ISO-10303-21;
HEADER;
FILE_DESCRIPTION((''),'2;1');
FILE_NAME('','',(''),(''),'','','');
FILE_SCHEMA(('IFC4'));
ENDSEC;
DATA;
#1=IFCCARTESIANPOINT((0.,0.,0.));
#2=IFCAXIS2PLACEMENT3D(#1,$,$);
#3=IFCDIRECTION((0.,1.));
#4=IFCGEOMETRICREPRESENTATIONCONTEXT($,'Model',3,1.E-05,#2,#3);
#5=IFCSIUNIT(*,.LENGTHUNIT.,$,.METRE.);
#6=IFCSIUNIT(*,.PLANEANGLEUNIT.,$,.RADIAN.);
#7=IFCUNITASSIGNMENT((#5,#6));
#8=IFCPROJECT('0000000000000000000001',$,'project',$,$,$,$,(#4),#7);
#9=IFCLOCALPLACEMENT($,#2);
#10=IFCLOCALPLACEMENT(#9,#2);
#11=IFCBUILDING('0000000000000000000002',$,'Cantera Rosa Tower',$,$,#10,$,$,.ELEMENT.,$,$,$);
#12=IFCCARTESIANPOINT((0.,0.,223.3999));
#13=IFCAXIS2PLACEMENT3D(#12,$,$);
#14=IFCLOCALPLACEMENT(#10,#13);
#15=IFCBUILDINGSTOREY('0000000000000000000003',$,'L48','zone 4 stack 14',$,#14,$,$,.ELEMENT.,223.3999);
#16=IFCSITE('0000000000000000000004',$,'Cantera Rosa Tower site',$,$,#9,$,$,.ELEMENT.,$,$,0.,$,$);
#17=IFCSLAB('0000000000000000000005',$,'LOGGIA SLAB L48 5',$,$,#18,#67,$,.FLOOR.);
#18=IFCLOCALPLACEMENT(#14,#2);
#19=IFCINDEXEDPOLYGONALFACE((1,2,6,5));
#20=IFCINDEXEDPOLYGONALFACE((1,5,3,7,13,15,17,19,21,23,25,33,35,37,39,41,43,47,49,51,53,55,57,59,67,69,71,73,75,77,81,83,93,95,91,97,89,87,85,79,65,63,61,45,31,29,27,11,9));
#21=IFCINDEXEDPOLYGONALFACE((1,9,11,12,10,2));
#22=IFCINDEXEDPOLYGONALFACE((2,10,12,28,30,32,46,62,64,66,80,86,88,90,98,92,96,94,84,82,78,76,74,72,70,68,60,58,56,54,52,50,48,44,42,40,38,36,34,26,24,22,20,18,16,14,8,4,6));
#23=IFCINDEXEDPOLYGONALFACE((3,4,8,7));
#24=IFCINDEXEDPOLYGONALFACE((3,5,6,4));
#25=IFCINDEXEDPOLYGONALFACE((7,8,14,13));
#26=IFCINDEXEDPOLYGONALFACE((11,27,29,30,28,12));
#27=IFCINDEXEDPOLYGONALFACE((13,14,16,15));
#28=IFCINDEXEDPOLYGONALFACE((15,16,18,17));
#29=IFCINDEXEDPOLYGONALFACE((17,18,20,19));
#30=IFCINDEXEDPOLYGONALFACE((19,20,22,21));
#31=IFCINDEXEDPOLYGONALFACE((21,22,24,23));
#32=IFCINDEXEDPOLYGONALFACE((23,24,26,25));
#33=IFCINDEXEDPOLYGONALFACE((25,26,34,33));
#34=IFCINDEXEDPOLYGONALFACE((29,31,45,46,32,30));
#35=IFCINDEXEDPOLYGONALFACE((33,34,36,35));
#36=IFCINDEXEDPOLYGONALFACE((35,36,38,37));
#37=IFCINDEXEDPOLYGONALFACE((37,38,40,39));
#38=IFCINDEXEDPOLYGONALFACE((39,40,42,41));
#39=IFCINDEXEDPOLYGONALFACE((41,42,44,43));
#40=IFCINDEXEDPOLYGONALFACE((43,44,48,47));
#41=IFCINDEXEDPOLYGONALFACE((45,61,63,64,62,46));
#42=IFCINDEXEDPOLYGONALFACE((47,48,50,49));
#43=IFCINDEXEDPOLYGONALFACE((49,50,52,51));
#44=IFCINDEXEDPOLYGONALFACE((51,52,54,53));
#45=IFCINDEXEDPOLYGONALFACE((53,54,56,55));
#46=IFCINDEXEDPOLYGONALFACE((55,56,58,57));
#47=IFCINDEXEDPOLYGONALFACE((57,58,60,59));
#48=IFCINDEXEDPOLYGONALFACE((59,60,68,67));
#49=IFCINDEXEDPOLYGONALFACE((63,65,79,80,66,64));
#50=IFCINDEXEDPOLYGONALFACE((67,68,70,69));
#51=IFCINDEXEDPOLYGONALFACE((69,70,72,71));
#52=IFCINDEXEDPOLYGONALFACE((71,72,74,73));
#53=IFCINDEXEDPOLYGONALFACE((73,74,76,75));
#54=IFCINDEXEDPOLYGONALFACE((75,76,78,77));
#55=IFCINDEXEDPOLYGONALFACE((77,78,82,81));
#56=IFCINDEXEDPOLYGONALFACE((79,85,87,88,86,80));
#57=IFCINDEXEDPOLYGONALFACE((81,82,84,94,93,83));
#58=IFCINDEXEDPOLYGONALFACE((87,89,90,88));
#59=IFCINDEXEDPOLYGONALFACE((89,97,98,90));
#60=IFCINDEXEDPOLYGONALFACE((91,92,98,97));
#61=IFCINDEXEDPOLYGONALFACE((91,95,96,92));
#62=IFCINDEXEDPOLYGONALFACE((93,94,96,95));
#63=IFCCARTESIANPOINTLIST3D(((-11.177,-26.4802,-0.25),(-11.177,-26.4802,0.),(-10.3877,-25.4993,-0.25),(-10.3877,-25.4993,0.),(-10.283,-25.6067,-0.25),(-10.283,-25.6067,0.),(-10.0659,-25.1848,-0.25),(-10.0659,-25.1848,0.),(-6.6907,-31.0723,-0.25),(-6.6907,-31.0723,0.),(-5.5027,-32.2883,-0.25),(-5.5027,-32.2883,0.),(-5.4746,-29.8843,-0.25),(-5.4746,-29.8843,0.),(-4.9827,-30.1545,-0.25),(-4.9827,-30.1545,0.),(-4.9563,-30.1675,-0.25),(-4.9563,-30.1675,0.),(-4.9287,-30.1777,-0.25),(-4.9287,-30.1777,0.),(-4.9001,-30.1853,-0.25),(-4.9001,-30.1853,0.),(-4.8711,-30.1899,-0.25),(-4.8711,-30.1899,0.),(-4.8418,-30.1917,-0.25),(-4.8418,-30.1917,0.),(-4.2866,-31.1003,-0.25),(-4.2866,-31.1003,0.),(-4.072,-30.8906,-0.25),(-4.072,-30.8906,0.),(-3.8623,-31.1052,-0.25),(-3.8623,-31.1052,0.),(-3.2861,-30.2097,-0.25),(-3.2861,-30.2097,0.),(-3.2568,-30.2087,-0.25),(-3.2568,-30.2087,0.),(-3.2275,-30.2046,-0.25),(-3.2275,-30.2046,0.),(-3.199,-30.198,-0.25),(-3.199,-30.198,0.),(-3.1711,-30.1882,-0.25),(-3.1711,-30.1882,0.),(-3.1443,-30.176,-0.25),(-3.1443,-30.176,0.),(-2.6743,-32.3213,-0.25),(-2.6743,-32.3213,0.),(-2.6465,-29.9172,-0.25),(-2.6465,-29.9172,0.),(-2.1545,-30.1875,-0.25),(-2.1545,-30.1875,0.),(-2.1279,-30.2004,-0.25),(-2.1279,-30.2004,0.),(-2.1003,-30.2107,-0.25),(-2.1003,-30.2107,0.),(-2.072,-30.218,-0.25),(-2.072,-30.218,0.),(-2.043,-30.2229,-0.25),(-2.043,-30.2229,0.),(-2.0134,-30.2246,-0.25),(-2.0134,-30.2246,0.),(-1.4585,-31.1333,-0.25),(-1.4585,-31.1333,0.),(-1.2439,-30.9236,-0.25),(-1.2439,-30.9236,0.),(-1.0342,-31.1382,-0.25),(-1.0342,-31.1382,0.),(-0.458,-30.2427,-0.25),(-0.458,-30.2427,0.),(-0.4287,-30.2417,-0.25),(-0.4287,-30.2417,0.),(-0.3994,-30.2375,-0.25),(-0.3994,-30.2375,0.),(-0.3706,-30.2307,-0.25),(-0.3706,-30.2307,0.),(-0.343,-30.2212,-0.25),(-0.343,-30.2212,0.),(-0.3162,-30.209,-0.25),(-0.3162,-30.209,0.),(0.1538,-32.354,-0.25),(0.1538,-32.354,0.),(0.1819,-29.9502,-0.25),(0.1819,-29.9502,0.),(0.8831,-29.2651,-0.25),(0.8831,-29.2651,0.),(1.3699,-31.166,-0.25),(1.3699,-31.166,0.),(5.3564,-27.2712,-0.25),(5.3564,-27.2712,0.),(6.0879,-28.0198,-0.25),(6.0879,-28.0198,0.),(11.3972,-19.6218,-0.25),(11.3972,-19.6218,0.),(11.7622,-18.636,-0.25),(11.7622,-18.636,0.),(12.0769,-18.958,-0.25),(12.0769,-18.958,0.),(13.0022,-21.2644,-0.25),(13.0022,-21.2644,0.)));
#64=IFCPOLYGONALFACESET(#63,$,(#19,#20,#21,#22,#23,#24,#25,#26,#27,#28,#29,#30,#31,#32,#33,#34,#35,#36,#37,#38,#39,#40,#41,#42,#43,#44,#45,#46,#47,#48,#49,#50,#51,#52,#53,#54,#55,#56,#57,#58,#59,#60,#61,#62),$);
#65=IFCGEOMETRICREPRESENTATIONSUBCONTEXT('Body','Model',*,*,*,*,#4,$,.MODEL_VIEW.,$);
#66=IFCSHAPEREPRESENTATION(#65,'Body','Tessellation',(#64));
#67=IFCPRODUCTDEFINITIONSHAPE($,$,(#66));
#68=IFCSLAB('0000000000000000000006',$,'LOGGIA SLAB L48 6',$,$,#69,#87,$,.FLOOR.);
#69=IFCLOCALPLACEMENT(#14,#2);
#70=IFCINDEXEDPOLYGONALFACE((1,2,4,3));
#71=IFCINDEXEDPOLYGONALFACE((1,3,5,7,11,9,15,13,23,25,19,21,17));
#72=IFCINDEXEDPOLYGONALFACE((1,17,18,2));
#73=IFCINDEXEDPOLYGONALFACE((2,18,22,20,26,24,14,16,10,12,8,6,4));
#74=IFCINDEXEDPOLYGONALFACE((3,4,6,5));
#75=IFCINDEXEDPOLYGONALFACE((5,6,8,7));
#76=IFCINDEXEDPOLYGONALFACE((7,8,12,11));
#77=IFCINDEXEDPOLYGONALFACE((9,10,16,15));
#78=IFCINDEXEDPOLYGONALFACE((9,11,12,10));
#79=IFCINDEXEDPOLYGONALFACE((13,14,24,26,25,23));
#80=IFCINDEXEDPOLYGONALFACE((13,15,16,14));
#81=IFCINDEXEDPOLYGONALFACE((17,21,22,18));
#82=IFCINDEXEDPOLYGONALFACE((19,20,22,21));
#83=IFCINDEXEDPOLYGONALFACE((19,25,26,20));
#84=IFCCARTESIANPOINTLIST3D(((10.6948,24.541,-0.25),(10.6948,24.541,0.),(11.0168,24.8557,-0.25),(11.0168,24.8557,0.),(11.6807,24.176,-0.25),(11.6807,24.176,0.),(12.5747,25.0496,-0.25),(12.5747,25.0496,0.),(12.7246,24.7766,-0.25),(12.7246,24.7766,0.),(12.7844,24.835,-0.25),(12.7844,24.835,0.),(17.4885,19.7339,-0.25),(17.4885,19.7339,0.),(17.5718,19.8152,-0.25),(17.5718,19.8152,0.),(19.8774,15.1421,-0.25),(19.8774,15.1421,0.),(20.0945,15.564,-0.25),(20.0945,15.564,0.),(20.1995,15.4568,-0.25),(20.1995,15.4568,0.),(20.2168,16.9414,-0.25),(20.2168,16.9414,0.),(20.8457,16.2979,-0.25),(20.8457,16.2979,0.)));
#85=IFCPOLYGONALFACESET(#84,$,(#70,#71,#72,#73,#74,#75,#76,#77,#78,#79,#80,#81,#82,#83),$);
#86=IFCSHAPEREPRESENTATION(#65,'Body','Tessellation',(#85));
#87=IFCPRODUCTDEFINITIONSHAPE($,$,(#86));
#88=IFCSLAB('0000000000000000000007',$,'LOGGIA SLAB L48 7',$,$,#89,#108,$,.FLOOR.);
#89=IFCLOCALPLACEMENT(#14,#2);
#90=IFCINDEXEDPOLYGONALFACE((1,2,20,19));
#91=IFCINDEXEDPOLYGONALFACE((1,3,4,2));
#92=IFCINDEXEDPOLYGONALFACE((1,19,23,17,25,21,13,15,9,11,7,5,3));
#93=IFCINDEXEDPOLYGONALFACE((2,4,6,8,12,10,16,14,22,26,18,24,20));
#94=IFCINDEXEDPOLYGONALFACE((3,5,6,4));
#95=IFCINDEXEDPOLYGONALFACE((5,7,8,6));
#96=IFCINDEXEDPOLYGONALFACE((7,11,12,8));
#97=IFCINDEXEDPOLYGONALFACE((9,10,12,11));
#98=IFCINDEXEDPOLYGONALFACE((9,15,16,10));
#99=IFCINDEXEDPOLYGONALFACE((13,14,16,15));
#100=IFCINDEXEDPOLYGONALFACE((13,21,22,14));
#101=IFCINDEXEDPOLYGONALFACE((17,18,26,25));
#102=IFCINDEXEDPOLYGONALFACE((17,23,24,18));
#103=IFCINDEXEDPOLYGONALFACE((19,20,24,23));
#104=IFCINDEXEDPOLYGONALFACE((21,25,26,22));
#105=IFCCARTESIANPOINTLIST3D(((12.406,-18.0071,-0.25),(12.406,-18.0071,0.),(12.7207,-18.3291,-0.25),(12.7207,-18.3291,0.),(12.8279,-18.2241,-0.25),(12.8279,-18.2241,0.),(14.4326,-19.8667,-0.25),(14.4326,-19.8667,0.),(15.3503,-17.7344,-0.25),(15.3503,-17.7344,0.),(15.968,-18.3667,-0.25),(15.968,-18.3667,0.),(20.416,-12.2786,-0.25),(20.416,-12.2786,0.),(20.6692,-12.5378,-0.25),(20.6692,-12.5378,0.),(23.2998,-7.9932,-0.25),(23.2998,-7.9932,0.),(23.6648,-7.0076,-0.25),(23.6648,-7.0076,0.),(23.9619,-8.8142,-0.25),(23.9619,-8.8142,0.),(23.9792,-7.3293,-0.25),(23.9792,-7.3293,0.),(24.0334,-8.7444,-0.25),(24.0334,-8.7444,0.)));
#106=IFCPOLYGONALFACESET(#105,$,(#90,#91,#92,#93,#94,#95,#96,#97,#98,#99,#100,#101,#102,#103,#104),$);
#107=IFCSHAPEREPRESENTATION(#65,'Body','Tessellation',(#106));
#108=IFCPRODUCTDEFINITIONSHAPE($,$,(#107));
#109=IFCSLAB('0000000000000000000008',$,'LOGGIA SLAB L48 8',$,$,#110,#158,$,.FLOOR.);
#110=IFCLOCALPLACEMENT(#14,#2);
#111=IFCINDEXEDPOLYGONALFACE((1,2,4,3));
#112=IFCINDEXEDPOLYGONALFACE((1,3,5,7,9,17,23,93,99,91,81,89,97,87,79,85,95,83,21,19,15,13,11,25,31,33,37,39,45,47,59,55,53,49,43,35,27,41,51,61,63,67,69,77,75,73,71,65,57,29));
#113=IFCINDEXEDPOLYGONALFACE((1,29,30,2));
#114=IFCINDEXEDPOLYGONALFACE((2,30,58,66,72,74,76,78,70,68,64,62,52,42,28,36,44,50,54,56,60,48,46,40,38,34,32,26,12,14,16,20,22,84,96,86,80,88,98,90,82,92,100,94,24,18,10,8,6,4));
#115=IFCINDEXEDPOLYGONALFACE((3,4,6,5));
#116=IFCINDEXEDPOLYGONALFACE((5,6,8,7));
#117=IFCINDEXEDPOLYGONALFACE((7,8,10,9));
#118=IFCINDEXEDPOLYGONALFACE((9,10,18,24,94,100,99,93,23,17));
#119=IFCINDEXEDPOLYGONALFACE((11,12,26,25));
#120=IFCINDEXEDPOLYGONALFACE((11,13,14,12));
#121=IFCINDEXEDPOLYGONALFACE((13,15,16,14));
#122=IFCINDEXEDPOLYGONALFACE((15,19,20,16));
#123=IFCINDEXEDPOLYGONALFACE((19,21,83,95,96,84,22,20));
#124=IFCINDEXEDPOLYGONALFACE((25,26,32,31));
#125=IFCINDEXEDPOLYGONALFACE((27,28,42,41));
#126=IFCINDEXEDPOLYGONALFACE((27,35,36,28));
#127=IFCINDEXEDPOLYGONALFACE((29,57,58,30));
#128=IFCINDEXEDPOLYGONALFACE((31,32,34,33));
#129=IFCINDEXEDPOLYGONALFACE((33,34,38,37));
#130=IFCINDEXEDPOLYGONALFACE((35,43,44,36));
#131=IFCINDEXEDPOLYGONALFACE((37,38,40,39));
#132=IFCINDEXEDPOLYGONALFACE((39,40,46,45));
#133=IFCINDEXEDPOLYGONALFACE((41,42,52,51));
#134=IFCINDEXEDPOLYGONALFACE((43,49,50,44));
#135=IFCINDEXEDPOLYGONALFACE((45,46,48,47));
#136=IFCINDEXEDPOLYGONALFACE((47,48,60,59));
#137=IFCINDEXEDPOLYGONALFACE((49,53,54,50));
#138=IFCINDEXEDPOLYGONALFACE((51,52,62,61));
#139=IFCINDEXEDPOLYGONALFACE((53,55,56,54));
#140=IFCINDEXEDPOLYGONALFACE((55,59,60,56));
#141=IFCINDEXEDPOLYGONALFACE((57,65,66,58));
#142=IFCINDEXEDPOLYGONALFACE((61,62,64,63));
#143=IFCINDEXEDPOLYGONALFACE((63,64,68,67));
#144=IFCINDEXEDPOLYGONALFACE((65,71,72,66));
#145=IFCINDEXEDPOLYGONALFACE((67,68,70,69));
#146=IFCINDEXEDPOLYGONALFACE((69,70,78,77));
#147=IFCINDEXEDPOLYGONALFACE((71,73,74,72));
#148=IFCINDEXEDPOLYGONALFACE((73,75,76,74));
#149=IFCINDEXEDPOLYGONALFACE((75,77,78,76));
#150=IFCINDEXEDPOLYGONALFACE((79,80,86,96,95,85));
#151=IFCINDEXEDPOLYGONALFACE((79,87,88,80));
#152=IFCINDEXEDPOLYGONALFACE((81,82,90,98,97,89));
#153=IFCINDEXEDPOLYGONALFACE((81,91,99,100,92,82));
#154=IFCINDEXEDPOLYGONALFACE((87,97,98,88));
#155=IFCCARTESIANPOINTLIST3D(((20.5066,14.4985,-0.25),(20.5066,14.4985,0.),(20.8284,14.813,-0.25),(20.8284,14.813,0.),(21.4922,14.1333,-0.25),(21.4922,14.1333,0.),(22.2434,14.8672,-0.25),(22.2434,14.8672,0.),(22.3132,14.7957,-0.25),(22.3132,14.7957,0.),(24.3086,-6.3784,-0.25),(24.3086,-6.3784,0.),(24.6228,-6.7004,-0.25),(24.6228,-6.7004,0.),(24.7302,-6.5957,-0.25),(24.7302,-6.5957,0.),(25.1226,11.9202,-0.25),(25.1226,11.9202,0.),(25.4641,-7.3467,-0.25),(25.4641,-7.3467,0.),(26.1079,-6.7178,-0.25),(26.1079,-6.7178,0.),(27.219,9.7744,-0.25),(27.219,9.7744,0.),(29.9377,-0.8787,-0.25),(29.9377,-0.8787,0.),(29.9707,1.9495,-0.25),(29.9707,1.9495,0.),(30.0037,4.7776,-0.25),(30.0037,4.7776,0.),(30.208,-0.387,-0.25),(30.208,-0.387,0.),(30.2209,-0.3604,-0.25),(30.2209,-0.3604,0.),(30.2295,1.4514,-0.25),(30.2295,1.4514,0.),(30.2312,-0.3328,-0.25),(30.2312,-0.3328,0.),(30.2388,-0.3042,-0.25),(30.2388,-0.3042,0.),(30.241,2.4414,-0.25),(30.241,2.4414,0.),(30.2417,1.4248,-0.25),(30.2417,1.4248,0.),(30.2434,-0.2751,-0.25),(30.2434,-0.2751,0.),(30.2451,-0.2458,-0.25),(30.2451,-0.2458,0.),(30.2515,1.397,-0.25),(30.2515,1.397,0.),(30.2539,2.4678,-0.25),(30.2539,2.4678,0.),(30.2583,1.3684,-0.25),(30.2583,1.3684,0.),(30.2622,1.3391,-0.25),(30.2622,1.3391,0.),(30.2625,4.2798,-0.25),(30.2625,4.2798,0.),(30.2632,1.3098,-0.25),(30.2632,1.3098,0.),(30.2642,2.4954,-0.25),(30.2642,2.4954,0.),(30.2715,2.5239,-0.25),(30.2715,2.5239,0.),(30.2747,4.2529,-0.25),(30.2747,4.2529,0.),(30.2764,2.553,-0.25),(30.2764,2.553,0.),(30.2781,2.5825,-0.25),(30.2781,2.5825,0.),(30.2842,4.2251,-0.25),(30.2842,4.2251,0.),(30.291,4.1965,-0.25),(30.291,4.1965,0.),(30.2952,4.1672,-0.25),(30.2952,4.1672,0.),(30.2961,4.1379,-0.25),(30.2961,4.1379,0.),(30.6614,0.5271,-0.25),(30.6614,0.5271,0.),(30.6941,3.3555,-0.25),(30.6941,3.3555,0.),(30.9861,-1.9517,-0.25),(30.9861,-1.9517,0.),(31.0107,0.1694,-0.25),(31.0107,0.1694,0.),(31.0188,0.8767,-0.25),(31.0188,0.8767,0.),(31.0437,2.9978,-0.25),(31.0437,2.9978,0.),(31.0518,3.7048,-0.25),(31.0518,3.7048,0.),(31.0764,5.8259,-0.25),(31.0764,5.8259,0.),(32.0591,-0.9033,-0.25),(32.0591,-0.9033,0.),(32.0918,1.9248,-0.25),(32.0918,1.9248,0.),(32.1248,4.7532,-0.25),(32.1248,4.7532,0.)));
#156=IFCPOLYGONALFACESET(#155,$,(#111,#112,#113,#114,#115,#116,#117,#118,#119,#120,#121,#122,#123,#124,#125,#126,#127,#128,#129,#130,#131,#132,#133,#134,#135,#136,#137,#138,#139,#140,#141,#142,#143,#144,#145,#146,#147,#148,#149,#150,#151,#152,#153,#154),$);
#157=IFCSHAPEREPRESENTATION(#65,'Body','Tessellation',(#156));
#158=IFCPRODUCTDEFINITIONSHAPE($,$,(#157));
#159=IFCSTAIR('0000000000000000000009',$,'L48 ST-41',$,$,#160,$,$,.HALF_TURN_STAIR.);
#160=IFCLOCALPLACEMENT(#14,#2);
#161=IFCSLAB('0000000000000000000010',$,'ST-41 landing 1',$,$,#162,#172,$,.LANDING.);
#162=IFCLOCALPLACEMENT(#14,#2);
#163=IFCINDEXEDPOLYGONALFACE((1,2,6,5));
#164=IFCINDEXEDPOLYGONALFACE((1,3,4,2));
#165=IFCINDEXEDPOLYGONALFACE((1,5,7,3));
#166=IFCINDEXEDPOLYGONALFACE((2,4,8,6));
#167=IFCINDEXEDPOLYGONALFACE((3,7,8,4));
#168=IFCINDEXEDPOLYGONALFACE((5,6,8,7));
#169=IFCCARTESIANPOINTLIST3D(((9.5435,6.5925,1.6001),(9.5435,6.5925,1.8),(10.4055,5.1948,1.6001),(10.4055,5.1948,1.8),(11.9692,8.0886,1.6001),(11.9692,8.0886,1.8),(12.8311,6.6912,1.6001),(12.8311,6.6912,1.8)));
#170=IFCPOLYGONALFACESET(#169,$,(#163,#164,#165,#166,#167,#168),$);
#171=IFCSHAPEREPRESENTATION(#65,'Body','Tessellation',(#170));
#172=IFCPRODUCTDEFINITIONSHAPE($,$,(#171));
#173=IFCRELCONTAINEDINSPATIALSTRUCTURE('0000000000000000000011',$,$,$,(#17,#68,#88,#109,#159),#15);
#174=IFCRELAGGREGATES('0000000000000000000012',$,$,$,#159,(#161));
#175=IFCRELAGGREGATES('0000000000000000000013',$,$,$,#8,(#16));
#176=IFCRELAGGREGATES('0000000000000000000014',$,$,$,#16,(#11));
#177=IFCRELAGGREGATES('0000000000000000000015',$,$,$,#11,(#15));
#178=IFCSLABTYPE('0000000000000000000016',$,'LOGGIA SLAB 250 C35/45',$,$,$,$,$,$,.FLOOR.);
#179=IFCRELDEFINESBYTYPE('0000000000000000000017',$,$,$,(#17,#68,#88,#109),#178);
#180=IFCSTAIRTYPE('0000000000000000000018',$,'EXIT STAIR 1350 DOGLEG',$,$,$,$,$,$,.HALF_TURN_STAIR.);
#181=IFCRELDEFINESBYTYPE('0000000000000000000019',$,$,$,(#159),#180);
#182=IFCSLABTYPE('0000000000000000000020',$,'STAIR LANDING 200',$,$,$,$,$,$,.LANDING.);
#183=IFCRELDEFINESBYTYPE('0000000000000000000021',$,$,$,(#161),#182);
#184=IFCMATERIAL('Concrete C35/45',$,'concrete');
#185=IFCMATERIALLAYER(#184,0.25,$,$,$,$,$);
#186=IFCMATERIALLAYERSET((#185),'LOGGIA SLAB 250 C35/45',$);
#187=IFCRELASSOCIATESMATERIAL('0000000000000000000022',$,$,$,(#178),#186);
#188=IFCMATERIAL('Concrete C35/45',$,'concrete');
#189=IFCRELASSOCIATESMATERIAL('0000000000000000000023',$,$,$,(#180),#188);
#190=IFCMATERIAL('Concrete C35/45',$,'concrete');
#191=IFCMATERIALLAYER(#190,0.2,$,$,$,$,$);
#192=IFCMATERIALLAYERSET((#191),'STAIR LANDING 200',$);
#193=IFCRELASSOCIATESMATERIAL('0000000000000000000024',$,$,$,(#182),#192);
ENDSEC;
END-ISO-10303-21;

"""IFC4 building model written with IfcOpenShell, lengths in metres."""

from ifc_helpers import new_model, si_unit, direction, frame, origin, place, context, subcontext, project, spatial, polyline, outline, extrude, material, layer, layer_set, type_object, element, aggregate, save


model = new_model("IFC4")

# Units and contexts
model_context = context("Model", 3, precision=1e-05, world=origin(), true_north=direction((0.0, 1.0)))
body_context = subcontext(model_context, "Body", "Model", "MODEL_VIEW")
ifc_project = project(units=[si_unit("LENGTHUNIT", "METRE"), si_unit("PLANEANGLEUNIT", "RADIAN")], contexts=[model_context])

# Site, building, storey
site_placement = place(None, origin())
site = spatial("IfcSite", under=ifc_project, at=site_placement, Name="Cantera Rosa Tower site", CompositionType="ELEMENT", RefElevation=0.0)
building_placement = place(site_placement, origin())
building = spatial("IfcBuilding", under=site, at=building_placement, Name="Cantera Rosa Tower", CompositionType="ELEMENT")
storey_placement = place(building_placement, frame((0.0, 0.0, 223.3999)))
storey = spatial("IfcBuildingStorey", under=building, at=storey_placement, Name="L48", Description="zone 4 stack 14", CompositionType="ELEMENT", Elevation=223.3999)

# Slabs
ifc_material_1 = material(Name="Concrete C35/45", Category="concrete")
ifc_layer_1 = layer(ifc_material_1, 0.25)
ifc_layer_set_1 = layer_set([ifc_layer_1], Name="LOGGIA SLAB 250 C35/45")
slab_type_1 = type_object("IfcSlabType", Name="LOGGIA SLAB 250 C35/45", PredefinedType="FLOOR", material=ifc_layer_set_1)
slab_1_placement = place(storey_placement, frame((0.0, 0.0, -0.25)))
element("IfcSlab", 1, at=slab_1_placement, inside=storey, type_object=slab_type_1, Name="LOGGIA SLAB L48 5", PredefinedType="FLOOR", context=body_context, shape_type="SweptSolid", body=[
    extrude(outline(polyline([(1.3699, -31.166), (0.1538, -32.354), (-1.0342, -31.1382), (-1.2439, -30.9236), (-1.4585, -31.1333), (-2.6743, -32.3213), (-3.8623, -31.1052), (-4.072, -30.8906), (-4.2866, -31.1003), (-5.5027, -32.2883), (-6.6907, -31.0723), (-11.177, -26.4802), (-10.283, -25.6067), (-10.3877, -25.4993), (-10.0659, -25.1848), (-5.4746, -29.8843), (-4.9827, -30.1545), (-4.9563, -30.1675), (-4.9287, -30.1777), (-4.9001, -30.1853), (-4.8711, -30.1899), (-4.8418, -30.1917), (-3.2861, -30.2097), (-3.2568, -30.2087), (-3.2275, -30.2046), (-3.199, -30.198), (-3.1711, -30.1882), (-3.1443, -30.176), (-2.6465, -29.9172), (-2.1545, -30.1875), (-2.1279, -30.2004), (-2.1003, -30.2107), (-2.072, -30.218), (-2.043, -30.2229), (-2.0134, -30.2246), (-0.458, -30.2427), (-0.4287, -30.2417), (-0.3994, -30.2375), (-0.3706, -30.2307), (-0.343, -30.2212), (-0.3162, -30.209), (0.1819, -29.9502), (0.8831, -29.2651), (11.7622, -18.636), (12.0769, -18.958), (11.3972, -19.6218), (13.0022, -21.2644), (6.0879, -28.0198), (5.3564, -27.2712), (1.3699, -31.166)])), origin(), (0.0, 0.0, 1.0), 0.25),
])
slab_2_placement = place(storey_placement, frame((0.0, 0.0, -0.25)))
element("IfcSlab", 2, at=slab_2_placement, inside=storey, type_object=slab_type_1, Name="LOGGIA SLAB L48 6", PredefinedType="FLOOR", context=body_context, shape_type="SweptSolid", body=[
    extrude(outline(polyline([(17.5718, 19.8152), (17.4885, 19.7339), (20.2168, 16.9414), (20.8457, 16.2979), (20.0945, 15.564), (20.1995, 15.4568), (19.8774, 15.1421), (10.6948, 24.541), (11.0168, 24.8557), (11.6807, 24.176), (12.5747, 25.0496), (12.7844, 24.835), (12.7246, 24.7766), (17.5718, 19.8152)])), origin(), (0.0, 0.0, 1.0), 0.25),
])
slab_3_placement = place(storey_placement, frame((0.0, 0.0, -0.25)))
element("IfcSlab", 3, at=slab_3_placement, inside=storey, type_object=slab_type_1, Name="LOGGIA SLAB L48 7", PredefinedType="FLOOR", context=body_context, shape_type="SweptSolid", body=[
    extrude(outline(polyline([(12.7207, -18.3291), (12.406, -18.0071), (23.6648, -7.0076), (23.9792, -7.3293), (23.2998, -7.9932), (24.0334, -8.7444), (23.9619, -8.8142), (20.416, -12.2786), (20.6692, -12.5378), (15.3503, -17.7344), (15.968, -18.3667), (14.4326, -19.8667), (12.8279, -18.2241), (12.7207, -18.3291)])), origin(), (0.0, 0.0, 1.0), 0.25),
])
slab_4_placement = place(storey_placement, frame((0.0, 0.0, -0.25)))
element("IfcSlab", 4, at=slab_4_placement, inside=storey, type_object=slab_type_1, Name="LOGGIA SLAB L48 8", PredefinedType="FLOOR", context=body_context, shape_type="SweptSolid", body=[
    extrude(outline(polyline([(27.219, 9.7744), (31.0764, 5.8259), (32.1248, 4.7532), (31.0518, 3.7048), (30.6941, 3.3555), (31.0437, 2.9978), (32.0918, 1.9248), (31.0188, 0.8767), (30.6614, 0.5271), (31.0107, 0.1694), (32.0591, -0.9033), (30.9861, -1.9517), (26.1079, -6.7178), (25.4641, -7.3467), (24.7302, -6.5957), (24.6228, -6.7004), (24.3086, -6.3784), (29.9377, -0.8787), (30.208, -0.387), (30.2209, -0.3604), (30.2312, -0.3328), (30.2388, -0.3042), (30.2434, -0.2751), (30.2451, -0.2458), (30.2632, 1.3098), (30.2622, 1.3391), (30.2583, 1.3684), (30.2515, 1.397), (30.2417, 1.4248), (30.2295, 1.4514), (29.9707, 1.9495), (30.241, 2.4414), (30.2539, 2.4678), (30.2642, 2.4954), (30.2715, 2.5239), (30.2764, 2.553), (30.2781, 2.5825), (30.2961, 4.1379), (30.2952, 4.1672), (30.291, 4.1965), (30.2842, 4.2251), (30.2747, 4.2529), (30.2625, 4.2798), (30.0037, 4.7776), (20.5066, 14.4985), (20.8284, 14.813), (21.4922, 14.1333), (22.2434, 14.8672), (22.3132, 14.7957), (25.1226, 11.9202), (27.219, 9.7744)])), origin(), (0.0, 0.0, 1.0), 0.25),
])

# Stair, slab
ifc_material_2 = material(Name="Concrete C35/45", Category="concrete")
stair_type = type_object("IfcStairType", Name="EXIT STAIR 1350 DOGLEG", PredefinedType="HALF_TURN_STAIR", material=ifc_material_2)
stair_1_placement = place(storey_placement, origin())
stair_1 = element("IfcStair", 5, at=stair_1_placement, inside=storey, type_object=stair_type, Name="L48 ST-41", PredefinedType="HALF_TURN_STAIR")
ifc_material_3 = material(Name="Concrete C35/45", Category="concrete")
ifc_layer_2 = layer(ifc_material_3, 0.2)
ifc_layer_set_2 = layer_set([ifc_layer_2], Name="STAIR LANDING 200")
slab_type_2 = type_object("IfcSlabType", Name="STAIR LANDING 200", PredefinedType="LANDING", material=ifc_layer_set_2)
slab_5_placement = place(storey_placement, frame((0.0, 0.0, 1.6001)))
slab_5 = element("IfcSlab", 6, at=slab_5_placement, type_object=slab_type_2, Name="ST-41 landing 1", PredefinedType="LANDING", context=body_context, shape_type="SweptSolid", body=[
    extrude(outline(polyline([(12.8311, 6.6912), (11.9692, 8.0886), (9.5435, 6.5925), (10.4055, 5.1948), (12.8311, 6.6912)])), origin(), (0.0, 0.0, 1.0), 0.2),
])
aggregate(stair_1, [slab_5])

save(model, "model.ifc")
